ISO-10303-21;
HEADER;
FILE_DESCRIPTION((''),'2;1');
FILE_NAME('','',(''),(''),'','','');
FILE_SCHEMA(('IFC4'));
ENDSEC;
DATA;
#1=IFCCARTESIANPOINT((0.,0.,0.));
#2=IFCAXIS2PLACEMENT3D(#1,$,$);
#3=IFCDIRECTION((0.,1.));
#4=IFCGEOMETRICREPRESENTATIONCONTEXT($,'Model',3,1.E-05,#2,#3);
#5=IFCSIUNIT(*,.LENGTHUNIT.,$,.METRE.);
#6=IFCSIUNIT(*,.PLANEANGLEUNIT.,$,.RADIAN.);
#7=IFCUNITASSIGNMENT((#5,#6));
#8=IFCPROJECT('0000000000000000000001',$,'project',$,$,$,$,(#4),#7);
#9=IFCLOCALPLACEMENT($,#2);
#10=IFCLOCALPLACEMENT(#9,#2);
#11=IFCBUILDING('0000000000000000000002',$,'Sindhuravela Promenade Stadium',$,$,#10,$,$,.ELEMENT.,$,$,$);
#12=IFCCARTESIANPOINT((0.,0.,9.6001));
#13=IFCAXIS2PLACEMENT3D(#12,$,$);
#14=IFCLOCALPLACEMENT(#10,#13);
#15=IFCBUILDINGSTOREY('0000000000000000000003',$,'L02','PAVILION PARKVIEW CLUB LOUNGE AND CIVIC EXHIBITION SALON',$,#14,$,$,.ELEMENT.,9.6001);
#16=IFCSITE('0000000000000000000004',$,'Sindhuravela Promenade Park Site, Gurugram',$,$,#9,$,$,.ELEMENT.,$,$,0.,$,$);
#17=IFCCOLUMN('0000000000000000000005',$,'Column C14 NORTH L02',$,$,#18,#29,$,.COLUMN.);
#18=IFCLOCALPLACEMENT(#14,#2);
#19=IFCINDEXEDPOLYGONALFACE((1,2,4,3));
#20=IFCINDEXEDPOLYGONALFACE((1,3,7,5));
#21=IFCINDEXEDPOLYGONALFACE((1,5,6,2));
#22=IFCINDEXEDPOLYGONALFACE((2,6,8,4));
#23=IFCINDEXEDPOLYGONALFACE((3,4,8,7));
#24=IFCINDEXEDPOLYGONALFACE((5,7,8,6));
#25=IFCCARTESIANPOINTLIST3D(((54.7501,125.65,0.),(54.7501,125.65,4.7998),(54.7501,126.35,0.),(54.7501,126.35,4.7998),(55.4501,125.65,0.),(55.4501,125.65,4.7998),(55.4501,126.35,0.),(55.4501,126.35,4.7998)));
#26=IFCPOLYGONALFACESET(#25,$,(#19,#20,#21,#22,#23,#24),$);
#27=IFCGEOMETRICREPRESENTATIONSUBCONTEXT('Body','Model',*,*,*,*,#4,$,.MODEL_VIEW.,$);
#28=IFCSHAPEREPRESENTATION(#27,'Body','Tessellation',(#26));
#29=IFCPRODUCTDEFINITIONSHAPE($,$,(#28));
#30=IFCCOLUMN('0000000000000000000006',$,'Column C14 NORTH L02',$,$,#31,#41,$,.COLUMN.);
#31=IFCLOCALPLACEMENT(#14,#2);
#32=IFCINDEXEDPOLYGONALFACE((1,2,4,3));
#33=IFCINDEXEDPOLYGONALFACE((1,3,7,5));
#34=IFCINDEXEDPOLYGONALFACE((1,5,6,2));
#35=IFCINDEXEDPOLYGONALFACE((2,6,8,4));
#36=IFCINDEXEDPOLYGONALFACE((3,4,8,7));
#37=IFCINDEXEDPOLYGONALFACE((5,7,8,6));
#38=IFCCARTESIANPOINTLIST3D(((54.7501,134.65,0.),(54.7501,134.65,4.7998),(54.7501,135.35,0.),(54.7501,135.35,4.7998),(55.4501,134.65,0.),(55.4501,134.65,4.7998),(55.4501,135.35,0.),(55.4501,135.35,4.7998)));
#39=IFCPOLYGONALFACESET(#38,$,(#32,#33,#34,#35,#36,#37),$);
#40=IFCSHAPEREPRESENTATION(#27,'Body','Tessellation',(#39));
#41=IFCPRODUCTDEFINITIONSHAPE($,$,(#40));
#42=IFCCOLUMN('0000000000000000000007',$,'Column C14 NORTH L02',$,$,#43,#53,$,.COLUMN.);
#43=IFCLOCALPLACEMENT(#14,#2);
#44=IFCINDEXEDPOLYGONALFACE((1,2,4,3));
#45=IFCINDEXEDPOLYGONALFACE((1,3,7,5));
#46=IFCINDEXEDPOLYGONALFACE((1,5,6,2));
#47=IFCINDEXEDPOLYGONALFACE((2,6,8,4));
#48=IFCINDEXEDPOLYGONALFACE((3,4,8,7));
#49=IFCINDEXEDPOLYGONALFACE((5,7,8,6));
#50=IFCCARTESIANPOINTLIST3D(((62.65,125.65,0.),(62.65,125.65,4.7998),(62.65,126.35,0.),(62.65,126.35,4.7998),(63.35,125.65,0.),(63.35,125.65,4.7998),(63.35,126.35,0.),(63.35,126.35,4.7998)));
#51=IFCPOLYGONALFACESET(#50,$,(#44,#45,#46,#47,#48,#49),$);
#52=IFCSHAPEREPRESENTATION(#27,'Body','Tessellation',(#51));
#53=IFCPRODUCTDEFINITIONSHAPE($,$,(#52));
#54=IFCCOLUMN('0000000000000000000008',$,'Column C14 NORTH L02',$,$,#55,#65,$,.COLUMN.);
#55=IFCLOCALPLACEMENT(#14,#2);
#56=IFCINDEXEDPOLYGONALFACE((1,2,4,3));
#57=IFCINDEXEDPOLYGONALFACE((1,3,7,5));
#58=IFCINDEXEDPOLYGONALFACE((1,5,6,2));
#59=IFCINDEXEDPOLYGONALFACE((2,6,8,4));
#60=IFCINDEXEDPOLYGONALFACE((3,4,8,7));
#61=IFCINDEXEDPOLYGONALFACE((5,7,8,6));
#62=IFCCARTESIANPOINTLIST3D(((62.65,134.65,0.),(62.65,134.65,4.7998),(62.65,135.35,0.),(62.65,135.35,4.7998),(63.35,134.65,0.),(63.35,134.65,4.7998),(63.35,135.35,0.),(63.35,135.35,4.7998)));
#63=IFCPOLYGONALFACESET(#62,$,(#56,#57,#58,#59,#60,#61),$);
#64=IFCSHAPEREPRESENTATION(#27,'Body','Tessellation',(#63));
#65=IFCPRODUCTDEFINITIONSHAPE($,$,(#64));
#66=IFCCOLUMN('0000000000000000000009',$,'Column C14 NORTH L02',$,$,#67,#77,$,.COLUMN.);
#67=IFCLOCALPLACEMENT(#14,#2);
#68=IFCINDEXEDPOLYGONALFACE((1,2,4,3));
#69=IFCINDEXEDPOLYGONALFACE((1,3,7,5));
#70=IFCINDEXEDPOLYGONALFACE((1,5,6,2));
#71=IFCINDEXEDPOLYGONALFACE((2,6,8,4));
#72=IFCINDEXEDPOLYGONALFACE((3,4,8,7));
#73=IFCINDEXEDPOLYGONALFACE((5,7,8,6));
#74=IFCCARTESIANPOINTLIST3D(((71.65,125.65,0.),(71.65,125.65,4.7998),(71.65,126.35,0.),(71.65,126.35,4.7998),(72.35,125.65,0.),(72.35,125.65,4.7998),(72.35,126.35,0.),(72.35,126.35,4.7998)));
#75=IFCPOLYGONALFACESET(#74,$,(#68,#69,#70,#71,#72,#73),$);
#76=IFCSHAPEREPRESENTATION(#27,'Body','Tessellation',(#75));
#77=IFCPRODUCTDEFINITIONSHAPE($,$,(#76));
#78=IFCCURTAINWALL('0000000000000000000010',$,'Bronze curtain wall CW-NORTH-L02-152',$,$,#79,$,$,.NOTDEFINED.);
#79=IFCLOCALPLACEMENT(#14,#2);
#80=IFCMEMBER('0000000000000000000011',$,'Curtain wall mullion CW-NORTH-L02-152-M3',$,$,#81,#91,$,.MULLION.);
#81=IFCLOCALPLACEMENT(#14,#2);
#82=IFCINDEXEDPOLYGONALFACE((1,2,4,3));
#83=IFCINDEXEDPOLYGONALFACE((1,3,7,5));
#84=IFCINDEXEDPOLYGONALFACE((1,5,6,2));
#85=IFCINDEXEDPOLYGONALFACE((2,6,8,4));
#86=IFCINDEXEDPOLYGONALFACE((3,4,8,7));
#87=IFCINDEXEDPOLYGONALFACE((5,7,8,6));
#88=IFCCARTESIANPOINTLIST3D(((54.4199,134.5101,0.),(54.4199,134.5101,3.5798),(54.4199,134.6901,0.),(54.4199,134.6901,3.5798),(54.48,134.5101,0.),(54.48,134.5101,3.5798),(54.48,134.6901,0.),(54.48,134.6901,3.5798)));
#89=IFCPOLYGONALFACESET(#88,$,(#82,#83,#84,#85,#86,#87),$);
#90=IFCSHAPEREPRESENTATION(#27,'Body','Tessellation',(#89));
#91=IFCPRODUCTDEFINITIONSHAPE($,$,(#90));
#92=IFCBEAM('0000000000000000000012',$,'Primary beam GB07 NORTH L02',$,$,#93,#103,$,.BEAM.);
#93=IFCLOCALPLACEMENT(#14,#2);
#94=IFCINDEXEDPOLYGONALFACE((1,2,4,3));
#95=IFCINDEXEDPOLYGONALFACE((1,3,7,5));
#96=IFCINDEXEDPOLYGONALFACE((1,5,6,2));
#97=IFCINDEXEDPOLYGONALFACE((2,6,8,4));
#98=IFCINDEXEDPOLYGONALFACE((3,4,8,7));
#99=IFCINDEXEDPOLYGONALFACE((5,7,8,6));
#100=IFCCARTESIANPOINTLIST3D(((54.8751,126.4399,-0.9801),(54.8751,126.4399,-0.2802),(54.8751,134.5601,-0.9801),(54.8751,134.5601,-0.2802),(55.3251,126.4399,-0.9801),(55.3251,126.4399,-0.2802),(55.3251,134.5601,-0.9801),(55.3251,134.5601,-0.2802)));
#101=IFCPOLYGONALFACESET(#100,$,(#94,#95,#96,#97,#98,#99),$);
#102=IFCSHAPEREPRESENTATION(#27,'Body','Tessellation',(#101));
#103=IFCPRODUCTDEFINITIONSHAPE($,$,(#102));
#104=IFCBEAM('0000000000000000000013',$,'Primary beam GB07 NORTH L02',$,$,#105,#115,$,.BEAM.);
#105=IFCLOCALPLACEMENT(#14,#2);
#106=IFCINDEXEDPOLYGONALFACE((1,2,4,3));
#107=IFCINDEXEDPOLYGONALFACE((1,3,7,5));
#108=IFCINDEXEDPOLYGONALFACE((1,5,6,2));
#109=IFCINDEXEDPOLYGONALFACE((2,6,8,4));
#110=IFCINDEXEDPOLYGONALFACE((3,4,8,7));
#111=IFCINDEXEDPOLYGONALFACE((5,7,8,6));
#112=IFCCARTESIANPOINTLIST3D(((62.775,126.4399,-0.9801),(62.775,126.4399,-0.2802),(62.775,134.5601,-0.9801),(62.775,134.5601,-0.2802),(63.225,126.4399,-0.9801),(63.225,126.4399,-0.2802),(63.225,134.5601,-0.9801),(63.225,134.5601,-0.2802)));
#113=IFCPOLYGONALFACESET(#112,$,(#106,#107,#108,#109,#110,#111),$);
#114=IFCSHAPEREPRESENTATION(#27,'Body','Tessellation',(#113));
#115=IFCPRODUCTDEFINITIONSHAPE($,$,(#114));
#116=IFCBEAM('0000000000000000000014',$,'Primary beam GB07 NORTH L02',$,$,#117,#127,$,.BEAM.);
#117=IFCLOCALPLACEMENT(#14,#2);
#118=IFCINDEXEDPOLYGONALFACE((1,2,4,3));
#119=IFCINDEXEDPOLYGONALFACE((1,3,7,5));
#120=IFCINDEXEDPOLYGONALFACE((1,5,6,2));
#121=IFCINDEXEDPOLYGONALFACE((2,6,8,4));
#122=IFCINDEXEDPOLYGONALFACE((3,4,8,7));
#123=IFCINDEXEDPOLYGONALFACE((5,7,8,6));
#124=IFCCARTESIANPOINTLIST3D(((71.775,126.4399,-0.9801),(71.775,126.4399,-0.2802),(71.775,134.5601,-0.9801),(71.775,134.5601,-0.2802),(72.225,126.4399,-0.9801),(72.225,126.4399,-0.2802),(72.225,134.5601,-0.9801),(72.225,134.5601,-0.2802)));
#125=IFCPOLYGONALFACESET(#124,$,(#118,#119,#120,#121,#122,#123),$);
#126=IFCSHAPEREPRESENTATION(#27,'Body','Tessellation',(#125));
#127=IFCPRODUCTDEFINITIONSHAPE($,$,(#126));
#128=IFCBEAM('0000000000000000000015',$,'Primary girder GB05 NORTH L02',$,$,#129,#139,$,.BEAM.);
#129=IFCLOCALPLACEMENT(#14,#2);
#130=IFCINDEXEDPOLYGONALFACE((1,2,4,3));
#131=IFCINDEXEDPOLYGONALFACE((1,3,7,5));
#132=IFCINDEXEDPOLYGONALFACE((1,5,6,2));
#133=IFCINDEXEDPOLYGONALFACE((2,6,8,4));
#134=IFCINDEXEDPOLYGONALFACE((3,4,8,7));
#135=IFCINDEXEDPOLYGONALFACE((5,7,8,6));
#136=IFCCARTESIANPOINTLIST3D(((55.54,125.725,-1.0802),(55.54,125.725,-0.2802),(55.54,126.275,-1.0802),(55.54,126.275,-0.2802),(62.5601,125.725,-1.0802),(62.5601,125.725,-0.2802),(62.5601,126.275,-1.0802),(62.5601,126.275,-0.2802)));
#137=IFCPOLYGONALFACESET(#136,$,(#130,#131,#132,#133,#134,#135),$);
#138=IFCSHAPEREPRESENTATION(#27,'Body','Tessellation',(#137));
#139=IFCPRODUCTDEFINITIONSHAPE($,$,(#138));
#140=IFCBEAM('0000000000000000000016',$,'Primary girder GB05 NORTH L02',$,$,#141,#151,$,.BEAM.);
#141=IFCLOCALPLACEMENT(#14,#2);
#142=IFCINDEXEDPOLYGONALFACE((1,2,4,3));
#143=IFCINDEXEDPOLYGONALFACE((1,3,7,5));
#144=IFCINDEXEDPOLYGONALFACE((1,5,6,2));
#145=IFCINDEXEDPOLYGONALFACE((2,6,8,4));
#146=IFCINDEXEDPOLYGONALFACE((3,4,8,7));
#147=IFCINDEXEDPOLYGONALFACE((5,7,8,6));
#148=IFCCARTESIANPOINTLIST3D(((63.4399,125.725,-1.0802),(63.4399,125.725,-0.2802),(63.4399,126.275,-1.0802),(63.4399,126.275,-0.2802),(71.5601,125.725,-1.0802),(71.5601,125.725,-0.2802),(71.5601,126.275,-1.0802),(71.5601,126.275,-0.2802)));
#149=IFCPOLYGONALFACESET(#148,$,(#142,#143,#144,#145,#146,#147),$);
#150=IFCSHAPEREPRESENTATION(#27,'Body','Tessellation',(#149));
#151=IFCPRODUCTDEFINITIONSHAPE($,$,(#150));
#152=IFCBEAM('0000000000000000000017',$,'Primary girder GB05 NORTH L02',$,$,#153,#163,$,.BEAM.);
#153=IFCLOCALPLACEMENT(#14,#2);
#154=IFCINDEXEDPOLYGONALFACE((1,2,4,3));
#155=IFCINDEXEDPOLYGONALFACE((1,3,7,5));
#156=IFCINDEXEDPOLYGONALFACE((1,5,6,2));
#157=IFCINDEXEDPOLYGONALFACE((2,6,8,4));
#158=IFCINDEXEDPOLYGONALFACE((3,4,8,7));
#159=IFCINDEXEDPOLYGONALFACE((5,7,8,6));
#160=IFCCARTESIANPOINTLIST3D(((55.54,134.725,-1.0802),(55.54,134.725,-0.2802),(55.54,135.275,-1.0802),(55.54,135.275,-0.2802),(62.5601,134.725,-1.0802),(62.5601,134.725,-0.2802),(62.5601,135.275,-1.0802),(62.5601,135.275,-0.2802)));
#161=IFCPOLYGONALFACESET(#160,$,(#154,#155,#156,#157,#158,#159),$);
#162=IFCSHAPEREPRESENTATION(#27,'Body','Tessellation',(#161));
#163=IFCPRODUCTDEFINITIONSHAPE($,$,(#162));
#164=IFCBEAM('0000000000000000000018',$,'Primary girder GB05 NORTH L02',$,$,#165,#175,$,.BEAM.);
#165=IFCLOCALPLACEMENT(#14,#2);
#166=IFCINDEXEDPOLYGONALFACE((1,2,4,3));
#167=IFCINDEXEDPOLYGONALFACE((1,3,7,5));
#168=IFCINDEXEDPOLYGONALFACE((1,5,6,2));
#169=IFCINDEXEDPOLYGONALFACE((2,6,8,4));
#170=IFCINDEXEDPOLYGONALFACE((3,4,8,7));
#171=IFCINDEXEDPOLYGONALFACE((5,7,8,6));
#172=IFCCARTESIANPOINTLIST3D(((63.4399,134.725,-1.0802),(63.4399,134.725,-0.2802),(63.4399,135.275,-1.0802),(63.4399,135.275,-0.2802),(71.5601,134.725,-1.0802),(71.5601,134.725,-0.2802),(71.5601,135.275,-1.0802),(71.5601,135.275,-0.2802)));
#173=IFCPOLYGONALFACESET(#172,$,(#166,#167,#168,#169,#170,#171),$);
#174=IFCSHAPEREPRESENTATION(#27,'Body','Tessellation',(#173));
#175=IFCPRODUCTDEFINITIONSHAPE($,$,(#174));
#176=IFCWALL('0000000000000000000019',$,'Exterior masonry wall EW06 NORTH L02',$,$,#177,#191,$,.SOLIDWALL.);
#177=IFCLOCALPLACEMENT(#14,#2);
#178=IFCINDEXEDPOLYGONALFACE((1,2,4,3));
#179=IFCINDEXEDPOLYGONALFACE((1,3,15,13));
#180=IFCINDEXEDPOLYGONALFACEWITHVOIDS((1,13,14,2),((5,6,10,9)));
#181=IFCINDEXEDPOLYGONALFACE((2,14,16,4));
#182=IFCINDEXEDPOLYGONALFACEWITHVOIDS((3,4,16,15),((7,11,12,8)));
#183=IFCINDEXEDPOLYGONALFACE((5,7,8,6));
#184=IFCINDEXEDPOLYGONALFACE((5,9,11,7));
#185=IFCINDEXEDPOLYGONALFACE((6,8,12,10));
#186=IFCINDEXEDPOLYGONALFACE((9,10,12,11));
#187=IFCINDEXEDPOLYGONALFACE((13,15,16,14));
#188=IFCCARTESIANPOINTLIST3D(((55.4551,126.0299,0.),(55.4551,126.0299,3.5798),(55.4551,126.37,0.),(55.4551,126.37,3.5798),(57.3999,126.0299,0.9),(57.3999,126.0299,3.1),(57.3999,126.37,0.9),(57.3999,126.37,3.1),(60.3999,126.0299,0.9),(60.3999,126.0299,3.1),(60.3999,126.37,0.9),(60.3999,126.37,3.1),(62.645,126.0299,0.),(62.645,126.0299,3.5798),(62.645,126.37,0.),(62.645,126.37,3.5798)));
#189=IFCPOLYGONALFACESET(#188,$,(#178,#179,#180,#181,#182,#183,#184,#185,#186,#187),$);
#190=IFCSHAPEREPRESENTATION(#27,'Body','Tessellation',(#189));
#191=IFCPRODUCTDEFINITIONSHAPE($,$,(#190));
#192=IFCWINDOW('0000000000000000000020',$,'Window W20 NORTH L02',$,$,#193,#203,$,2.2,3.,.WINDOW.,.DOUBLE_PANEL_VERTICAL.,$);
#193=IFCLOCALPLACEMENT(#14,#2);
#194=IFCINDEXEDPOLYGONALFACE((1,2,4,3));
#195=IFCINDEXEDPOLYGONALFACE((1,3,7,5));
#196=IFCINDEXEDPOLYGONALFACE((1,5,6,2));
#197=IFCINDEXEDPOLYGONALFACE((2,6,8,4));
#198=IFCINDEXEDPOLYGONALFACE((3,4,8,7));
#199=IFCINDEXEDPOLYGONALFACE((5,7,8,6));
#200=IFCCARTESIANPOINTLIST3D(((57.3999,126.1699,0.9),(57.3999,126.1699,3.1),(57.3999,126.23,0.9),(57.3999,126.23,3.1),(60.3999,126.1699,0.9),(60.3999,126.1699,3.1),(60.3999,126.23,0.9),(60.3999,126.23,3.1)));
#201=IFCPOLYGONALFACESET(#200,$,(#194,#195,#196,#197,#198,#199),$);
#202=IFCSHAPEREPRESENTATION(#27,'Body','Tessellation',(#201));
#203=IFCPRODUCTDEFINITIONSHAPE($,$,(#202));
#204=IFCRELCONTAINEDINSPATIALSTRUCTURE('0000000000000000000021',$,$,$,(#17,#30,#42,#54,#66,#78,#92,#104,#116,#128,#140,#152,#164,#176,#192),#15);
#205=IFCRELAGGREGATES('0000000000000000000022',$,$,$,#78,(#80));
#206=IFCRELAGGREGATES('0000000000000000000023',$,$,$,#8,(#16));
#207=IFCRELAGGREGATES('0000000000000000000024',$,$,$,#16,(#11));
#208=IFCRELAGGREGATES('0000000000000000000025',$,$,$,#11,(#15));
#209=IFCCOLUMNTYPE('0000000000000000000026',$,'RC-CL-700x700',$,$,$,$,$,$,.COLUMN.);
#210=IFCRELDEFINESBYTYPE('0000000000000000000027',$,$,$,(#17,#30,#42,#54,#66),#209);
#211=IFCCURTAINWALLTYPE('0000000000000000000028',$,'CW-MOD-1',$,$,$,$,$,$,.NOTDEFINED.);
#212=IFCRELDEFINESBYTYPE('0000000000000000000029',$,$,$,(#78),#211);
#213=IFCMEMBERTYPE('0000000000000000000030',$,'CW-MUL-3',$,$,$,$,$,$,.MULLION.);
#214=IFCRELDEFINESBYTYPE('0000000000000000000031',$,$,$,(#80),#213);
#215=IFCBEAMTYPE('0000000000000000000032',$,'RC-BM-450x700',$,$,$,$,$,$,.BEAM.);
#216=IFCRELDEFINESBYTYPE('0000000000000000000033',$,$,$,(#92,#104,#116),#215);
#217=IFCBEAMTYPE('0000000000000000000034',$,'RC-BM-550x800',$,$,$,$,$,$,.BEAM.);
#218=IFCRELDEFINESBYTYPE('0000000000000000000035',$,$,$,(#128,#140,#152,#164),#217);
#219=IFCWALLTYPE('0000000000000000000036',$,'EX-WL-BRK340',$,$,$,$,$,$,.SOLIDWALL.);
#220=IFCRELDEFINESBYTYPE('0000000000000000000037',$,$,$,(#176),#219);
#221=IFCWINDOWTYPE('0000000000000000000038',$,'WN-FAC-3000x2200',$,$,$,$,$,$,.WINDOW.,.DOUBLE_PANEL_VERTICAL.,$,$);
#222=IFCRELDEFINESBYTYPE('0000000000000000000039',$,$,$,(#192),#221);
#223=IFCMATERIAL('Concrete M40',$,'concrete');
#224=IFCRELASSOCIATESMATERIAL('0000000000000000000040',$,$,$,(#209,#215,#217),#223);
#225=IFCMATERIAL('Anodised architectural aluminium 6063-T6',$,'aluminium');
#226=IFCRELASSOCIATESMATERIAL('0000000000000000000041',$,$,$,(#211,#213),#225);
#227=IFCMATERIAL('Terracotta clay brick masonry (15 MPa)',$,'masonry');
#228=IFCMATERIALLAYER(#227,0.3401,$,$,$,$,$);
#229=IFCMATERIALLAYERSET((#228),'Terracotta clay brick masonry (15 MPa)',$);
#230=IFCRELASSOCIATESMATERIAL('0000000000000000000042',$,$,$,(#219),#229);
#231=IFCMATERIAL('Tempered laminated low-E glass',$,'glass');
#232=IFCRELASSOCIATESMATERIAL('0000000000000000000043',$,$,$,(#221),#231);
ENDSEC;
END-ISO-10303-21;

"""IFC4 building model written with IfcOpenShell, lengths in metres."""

from ifc_helpers import new_model, si_unit, direction, frame, frame_2d, origin, origin_2d, place, context, subcontext, project, spatial, rectangle, extrude, material, layer, layer_set, material_profile, profile_set, type_object, element, fill, aggregate, save


model = new_model("IFC4")

# Units and contexts
model_context = context("Model", 3, precision=1e-05, world=origin(), true_north=direction((0.0, 1.0)))
body_context = subcontext(model_context, "Body", "Model", "MODEL_VIEW")
ifc_project = project(units=[si_unit("LENGTHUNIT", "METRE"), si_unit("PLANEANGLEUNIT", "RADIAN")], contexts=[model_context])

# Site, building, storey
site_placement = place(None, origin())
site = spatial("IfcSite", under=ifc_project, at=site_placement, Name="Sindhuravela Promenade Park Site, Gurugram", CompositionType="ELEMENT", RefElevation=0.0)
building_placement = place(site_placement, origin())
building = spatial("IfcBuilding", under=site, at=building_placement, Name="Sindhuravela Promenade Stadium", CompositionType="ELEMENT")
storey_placement = place(building_placement, frame((0.0, 0.0, 9.6001)))
storey = spatial("IfcBuildingStorey", under=building, at=storey_placement, Name="L02", Description="PAVILION PARKVIEW CLUB LOUNGE AND CIVIC EXHIBITION SALON", CompositionType="ELEMENT", Elevation=9.6001)

# Columns
ifc_material_1 = material(Name="Concrete M40", Category="concrete")
ifc_material_profile_1 = material_profile(ifc_material_1, rectangle(XDim=0.7, YDim=0.7, at=origin_2d()), Name="RC 700x700")
ifc_profile_set_1 = profile_set([ifc_material_profile_1], Name="Concrete M40")
column_type = type_object("IfcColumnType", Name="RC-CL-700x700", PredefinedType="COLUMN", material=ifc_profile_set_1)
for number, where, z_axis, x_axis, name in (
    (1, (55.1001, 126.0, 0.0), (0.0, 0.0, 1.0), (1.0, 0.0, 0.0), "Column C14 NORTH L02"),
    (2, (55.1001, 135.0, 0.0), (0.0, 0.0, 1.0), (1.0, 0.0, 0.0), "Column C14 NORTH L02"),
    (3, (63.0, 126.0, 0.0), (0.0, 0.0, 1.0), (1.0, 0.0, 0.0), "Column C14 NORTH L02"),
    (4, (63.0, 135.0, 0.0), (0.0, 0.0, 1.0), (1.0, 0.0, 0.0), "Column C14 NORTH L02"),
    (5, (72.0, 126.0, 0.0), (0.0, 0.0, 1.0), (1.0, 0.0, 0.0), "Column C14 NORTH L02"),
):
    element("IfcColumn", number, at=place(storey_placement, frame(where, z_axis=z_axis, x_axis=x_axis)), inside=storey, type_object=column_type, Name=name, PredefinedType="COLUMN", context=body_context, shape_type="SweptSolid", body=[
        extrude(rectangle(XDim=0.7, YDim=0.7, at=origin_2d()), origin(), (0.0, 0.0, 1.0), 4.7998),
    ])

# Curtain wall, member
ifc_material_2 = material(Name="Anodised architectural aluminium 6063-T6", Category="aluminium")
curtain_wall_type = type_object("IfcCurtainWallType", Name="CW-MOD-1", PredefinedType="NOTDEFINED", material=ifc_material_2)
curtain_wall_placement = place(storey_placement, origin())
curtain_wall = element("IfcCurtainWall", 6, at=curtain_wall_placement, inside=storey, type_object=curtain_wall_type, Name="Bronze curtain wall CW-NORTH-L02-152", PredefinedType="NOTDEFINED")
ifc_material_profile_2 = material_profile(ifc_material_2, rectangle(XDim=0.0601, YDim=0.1799, at=origin_2d()), Name="ALU M60x180")
ifc_profile_set_2 = profile_set([ifc_material_profile_2], Name="Anodised architectural aluminium 6063-T6")
member_type = type_object("IfcMemberType", Name="CW-MUL-3", PredefinedType="MULLION", material=ifc_profile_set_2)
member_placement = place(storey_placement, frame((54.45, 134.6001, 0.0), z_axis=(0.0, 0.0, 1.0), x_axis=(1.0, 0.0, 0.0)))
member = element("IfcMember", 7, at=member_placement, type_object=member_type, Name="Curtain wall mullion CW-NORTH-L02-152-M3", PredefinedType="MULLION", context=body_context, shape_type="SweptSolid", body=[
    extrude(rectangle(XDim=0.0601, YDim=0.1799, at=origin_2d()), origin(), (0.0, 0.0, 1.0), 3.5798),
])
aggregate(curtain_wall, [member])

# Beams
ifc_material_profile_3 = material_profile(ifc_material_1, rectangle(XDim=0.45, YDim=0.7, at=origin_2d()), Name="RC 450x700")
ifc_profile_set_3 = profile_set([ifc_material_profile_3], Name="Concrete M40")
beam_type_1 = type_object("IfcBeamType", Name="RC-BM-450x700", PredefinedType="BEAM", material=ifc_profile_set_3)
for number, where, z_axis, x_axis, name in (
    (8, (55.1001, 126.4399, -0.6301), (0.0, 1.0, 0.0), (-1.0, 0.0, 0.0), "Primary beam GB07 NORTH L02"),
    (9, (63.0, 126.4399, -0.6301), (0.0, 1.0, 0.0), (-1.0, 0.0, 0.0), "Primary beam GB07 NORTH L02"),
    (10, (72.0, 126.4399, -0.6301), (0.0, 1.0, 0.0), (-1.0, 0.0, 0.0), "Primary beam GB07 NORTH L02"),
):
    element("IfcBeam", number, at=place(storey_placement, frame(where, z_axis=z_axis, x_axis=x_axis)), inside=storey, type_object=beam_type_1, Name=name, PredefinedType="BEAM", context=body_context, shape_type="SweptSolid", body=[
        extrude(rectangle(XDim=0.45, YDim=0.7, at=origin_2d()), origin(), (0.0, 0.0, 1.0), 8.1201),
    ])
ifc_material_profile_4 = material_profile(ifc_material_1, rectangle(XDim=0.55, YDim=0.8, at=origin_2d()), Name="RC 550x800")
ifc_profile_set_4 = profile_set([ifc_material_profile_4], Name="Concrete M40")
beam_type_2 = type_object("IfcBeamType", Name="RC-BM-550x800", PredefinedType="BEAM", material=ifc_profile_set_4)
beam_1_placement = place(storey_placement, frame((55.54, 126.0, -0.6802), z_axis=(1.0, 0.0, 0.0), x_axis=(0.0, 1.0, 0.0)))
element("IfcBeam", 11, at=beam_1_placement, inside=storey, type_object=beam_type_2, Name="Primary girder GB05 NORTH L02", PredefinedType="BEAM", context=body_context, shape_type="SweptSolid", body=[
    extrude(rectangle(XDim=0.55, YDim=0.8, at=origin_2d()), origin(), (0.0, 0.0, 1.0), 7.02),
])
beam_2_placement = place(storey_placement, frame((63.4399, 126.0, -0.6802), z_axis=(1.0, 0.0, 0.0), x_axis=(0.0, 1.0, 0.0)))
element("IfcBeam", 12, at=beam_2_placement, inside=storey, type_object=beam_type_2, Name="Primary girder GB05 NORTH L02", PredefinedType="BEAM", context=body_context, shape_type="SweptSolid", body=[
    extrude(rectangle(XDim=0.55, YDim=0.8, at=origin_2d()), origin(), (0.0, 0.0, 1.0), 8.1201),
])
beam_3_placement = place(storey_placement, frame((55.54, 135.0, -0.6802), z_axis=(1.0, 0.0, 0.0), x_axis=(0.0, 1.0, 0.0)))
element("IfcBeam", 13, at=beam_3_placement, inside=storey, type_object=beam_type_2, Name="Primary girder GB05 NORTH L02", PredefinedType="BEAM", context=body_context, shape_type="SweptSolid", body=[
    extrude(rectangle(XDim=0.55, YDim=0.8, at=origin_2d()), origin(), (0.0, 0.0, 1.0), 7.02),
])
beam_4_placement = place(storey_placement, frame((63.4399, 135.0, -0.6802), z_axis=(1.0, 0.0, 0.0), x_axis=(0.0, 1.0, 0.0)))
element("IfcBeam", 14, at=beam_4_placement, inside=storey, type_object=beam_type_2, Name="Primary girder GB05 NORTH L02", PredefinedType="BEAM", context=body_context, shape_type="SweptSolid", body=[
    extrude(rectangle(XDim=0.55, YDim=0.8, at=origin_2d()), origin(), (0.0, 0.0, 1.0), 8.1201),
])

# Wall, opening, window
ifc_material_3 = material(Name="Terracotta clay brick masonry (15 MPa)", Category="masonry")
ifc_layer_1 = layer(ifc_material_3, 0.3401)
ifc_layer_set_1 = layer_set([ifc_layer_1], Name="Terracotta clay brick masonry (15 MPa)")
wall_type_1 = type_object("IfcWallType", Name="EX-WL-BRK340", PredefinedType="SOLIDWALL", material=ifc_layer_set_1)
wall_1_placement = place(storey_placement, frame((62.645, 126.2, 0.0), z_axis=(0.0, 0.0, 1.0), x_axis=(-1.0, 0.0, 0.0)))
wall_1 = element("IfcWall", 15, at=wall_1_placement, inside=storey, type_object=wall_type_1, Name="Exterior masonry wall EW06 NORTH L02", PredefinedType="SOLIDWALL", context=body_context, shape_type="SweptSolid", body=[
    extrude(rectangle(XDim=7.1899, YDim=0.3401, at=frame_2d((3.595, 0.0))), origin(), (0.0, 0.0, 1.0), 3.5798),
])
opening_1_placement = place(wall_1_placement, frame((2.2451, 0.0, 0.8999)))
opening_1 = element("IfcOpeningElement", 16, at=opening_1_placement, cuts=wall_1, PredefinedType="OPENING", context=body_context, shape_type="SweptSolid", body=[
    extrude(rectangle(XDim=3.0, YDim=2.2, at=frame_2d((1.5, 1.1001))), frame((0.0, 0.1799, 0.0), z_axis=(0.0, -1.0, 0.0), x_axis=(1.0, 0.0, 0.0)), (0.0, 0.0, 1.0), 0.3601),
])
ifc_material_4 = material(Name="Tempered laminated low-E glass", Category="glass")
window_type_1 = type_object("IfcWindowType", Name="WN-FAC-3000x2200", PartitioningType="DOUBLE_PANEL_VERTICAL", PredefinedType="WINDOW", material=ifc_material_4)
window_1_placement = place(opening_1_placement, origin())
window_1 = element("IfcWindow", 17, at=window_1_placement, inside=storey, type_object=window_type_1, Name="Window W20 NORTH L02", OverallHeight=2.2, OverallWidth=3.0, PartitioningType="DOUBLE_PANEL_VERTICAL", PredefinedType="WINDOW", context=body_context, shape_type="SweptSolid", body=[
    extrude(rectangle(XDim=3.0, YDim=2.2, at=frame_2d((1.5, 1.1001))), frame((0.0, 0.03, 0.0), z_axis=(0.0, -1.0, 0.0), x_axis=(1.0, 0.0, 0.0)), (0.0, 0.0, 1.0), 0.0601),
])
fill(opening_1, window_1)

save(model, "model.ifc")
